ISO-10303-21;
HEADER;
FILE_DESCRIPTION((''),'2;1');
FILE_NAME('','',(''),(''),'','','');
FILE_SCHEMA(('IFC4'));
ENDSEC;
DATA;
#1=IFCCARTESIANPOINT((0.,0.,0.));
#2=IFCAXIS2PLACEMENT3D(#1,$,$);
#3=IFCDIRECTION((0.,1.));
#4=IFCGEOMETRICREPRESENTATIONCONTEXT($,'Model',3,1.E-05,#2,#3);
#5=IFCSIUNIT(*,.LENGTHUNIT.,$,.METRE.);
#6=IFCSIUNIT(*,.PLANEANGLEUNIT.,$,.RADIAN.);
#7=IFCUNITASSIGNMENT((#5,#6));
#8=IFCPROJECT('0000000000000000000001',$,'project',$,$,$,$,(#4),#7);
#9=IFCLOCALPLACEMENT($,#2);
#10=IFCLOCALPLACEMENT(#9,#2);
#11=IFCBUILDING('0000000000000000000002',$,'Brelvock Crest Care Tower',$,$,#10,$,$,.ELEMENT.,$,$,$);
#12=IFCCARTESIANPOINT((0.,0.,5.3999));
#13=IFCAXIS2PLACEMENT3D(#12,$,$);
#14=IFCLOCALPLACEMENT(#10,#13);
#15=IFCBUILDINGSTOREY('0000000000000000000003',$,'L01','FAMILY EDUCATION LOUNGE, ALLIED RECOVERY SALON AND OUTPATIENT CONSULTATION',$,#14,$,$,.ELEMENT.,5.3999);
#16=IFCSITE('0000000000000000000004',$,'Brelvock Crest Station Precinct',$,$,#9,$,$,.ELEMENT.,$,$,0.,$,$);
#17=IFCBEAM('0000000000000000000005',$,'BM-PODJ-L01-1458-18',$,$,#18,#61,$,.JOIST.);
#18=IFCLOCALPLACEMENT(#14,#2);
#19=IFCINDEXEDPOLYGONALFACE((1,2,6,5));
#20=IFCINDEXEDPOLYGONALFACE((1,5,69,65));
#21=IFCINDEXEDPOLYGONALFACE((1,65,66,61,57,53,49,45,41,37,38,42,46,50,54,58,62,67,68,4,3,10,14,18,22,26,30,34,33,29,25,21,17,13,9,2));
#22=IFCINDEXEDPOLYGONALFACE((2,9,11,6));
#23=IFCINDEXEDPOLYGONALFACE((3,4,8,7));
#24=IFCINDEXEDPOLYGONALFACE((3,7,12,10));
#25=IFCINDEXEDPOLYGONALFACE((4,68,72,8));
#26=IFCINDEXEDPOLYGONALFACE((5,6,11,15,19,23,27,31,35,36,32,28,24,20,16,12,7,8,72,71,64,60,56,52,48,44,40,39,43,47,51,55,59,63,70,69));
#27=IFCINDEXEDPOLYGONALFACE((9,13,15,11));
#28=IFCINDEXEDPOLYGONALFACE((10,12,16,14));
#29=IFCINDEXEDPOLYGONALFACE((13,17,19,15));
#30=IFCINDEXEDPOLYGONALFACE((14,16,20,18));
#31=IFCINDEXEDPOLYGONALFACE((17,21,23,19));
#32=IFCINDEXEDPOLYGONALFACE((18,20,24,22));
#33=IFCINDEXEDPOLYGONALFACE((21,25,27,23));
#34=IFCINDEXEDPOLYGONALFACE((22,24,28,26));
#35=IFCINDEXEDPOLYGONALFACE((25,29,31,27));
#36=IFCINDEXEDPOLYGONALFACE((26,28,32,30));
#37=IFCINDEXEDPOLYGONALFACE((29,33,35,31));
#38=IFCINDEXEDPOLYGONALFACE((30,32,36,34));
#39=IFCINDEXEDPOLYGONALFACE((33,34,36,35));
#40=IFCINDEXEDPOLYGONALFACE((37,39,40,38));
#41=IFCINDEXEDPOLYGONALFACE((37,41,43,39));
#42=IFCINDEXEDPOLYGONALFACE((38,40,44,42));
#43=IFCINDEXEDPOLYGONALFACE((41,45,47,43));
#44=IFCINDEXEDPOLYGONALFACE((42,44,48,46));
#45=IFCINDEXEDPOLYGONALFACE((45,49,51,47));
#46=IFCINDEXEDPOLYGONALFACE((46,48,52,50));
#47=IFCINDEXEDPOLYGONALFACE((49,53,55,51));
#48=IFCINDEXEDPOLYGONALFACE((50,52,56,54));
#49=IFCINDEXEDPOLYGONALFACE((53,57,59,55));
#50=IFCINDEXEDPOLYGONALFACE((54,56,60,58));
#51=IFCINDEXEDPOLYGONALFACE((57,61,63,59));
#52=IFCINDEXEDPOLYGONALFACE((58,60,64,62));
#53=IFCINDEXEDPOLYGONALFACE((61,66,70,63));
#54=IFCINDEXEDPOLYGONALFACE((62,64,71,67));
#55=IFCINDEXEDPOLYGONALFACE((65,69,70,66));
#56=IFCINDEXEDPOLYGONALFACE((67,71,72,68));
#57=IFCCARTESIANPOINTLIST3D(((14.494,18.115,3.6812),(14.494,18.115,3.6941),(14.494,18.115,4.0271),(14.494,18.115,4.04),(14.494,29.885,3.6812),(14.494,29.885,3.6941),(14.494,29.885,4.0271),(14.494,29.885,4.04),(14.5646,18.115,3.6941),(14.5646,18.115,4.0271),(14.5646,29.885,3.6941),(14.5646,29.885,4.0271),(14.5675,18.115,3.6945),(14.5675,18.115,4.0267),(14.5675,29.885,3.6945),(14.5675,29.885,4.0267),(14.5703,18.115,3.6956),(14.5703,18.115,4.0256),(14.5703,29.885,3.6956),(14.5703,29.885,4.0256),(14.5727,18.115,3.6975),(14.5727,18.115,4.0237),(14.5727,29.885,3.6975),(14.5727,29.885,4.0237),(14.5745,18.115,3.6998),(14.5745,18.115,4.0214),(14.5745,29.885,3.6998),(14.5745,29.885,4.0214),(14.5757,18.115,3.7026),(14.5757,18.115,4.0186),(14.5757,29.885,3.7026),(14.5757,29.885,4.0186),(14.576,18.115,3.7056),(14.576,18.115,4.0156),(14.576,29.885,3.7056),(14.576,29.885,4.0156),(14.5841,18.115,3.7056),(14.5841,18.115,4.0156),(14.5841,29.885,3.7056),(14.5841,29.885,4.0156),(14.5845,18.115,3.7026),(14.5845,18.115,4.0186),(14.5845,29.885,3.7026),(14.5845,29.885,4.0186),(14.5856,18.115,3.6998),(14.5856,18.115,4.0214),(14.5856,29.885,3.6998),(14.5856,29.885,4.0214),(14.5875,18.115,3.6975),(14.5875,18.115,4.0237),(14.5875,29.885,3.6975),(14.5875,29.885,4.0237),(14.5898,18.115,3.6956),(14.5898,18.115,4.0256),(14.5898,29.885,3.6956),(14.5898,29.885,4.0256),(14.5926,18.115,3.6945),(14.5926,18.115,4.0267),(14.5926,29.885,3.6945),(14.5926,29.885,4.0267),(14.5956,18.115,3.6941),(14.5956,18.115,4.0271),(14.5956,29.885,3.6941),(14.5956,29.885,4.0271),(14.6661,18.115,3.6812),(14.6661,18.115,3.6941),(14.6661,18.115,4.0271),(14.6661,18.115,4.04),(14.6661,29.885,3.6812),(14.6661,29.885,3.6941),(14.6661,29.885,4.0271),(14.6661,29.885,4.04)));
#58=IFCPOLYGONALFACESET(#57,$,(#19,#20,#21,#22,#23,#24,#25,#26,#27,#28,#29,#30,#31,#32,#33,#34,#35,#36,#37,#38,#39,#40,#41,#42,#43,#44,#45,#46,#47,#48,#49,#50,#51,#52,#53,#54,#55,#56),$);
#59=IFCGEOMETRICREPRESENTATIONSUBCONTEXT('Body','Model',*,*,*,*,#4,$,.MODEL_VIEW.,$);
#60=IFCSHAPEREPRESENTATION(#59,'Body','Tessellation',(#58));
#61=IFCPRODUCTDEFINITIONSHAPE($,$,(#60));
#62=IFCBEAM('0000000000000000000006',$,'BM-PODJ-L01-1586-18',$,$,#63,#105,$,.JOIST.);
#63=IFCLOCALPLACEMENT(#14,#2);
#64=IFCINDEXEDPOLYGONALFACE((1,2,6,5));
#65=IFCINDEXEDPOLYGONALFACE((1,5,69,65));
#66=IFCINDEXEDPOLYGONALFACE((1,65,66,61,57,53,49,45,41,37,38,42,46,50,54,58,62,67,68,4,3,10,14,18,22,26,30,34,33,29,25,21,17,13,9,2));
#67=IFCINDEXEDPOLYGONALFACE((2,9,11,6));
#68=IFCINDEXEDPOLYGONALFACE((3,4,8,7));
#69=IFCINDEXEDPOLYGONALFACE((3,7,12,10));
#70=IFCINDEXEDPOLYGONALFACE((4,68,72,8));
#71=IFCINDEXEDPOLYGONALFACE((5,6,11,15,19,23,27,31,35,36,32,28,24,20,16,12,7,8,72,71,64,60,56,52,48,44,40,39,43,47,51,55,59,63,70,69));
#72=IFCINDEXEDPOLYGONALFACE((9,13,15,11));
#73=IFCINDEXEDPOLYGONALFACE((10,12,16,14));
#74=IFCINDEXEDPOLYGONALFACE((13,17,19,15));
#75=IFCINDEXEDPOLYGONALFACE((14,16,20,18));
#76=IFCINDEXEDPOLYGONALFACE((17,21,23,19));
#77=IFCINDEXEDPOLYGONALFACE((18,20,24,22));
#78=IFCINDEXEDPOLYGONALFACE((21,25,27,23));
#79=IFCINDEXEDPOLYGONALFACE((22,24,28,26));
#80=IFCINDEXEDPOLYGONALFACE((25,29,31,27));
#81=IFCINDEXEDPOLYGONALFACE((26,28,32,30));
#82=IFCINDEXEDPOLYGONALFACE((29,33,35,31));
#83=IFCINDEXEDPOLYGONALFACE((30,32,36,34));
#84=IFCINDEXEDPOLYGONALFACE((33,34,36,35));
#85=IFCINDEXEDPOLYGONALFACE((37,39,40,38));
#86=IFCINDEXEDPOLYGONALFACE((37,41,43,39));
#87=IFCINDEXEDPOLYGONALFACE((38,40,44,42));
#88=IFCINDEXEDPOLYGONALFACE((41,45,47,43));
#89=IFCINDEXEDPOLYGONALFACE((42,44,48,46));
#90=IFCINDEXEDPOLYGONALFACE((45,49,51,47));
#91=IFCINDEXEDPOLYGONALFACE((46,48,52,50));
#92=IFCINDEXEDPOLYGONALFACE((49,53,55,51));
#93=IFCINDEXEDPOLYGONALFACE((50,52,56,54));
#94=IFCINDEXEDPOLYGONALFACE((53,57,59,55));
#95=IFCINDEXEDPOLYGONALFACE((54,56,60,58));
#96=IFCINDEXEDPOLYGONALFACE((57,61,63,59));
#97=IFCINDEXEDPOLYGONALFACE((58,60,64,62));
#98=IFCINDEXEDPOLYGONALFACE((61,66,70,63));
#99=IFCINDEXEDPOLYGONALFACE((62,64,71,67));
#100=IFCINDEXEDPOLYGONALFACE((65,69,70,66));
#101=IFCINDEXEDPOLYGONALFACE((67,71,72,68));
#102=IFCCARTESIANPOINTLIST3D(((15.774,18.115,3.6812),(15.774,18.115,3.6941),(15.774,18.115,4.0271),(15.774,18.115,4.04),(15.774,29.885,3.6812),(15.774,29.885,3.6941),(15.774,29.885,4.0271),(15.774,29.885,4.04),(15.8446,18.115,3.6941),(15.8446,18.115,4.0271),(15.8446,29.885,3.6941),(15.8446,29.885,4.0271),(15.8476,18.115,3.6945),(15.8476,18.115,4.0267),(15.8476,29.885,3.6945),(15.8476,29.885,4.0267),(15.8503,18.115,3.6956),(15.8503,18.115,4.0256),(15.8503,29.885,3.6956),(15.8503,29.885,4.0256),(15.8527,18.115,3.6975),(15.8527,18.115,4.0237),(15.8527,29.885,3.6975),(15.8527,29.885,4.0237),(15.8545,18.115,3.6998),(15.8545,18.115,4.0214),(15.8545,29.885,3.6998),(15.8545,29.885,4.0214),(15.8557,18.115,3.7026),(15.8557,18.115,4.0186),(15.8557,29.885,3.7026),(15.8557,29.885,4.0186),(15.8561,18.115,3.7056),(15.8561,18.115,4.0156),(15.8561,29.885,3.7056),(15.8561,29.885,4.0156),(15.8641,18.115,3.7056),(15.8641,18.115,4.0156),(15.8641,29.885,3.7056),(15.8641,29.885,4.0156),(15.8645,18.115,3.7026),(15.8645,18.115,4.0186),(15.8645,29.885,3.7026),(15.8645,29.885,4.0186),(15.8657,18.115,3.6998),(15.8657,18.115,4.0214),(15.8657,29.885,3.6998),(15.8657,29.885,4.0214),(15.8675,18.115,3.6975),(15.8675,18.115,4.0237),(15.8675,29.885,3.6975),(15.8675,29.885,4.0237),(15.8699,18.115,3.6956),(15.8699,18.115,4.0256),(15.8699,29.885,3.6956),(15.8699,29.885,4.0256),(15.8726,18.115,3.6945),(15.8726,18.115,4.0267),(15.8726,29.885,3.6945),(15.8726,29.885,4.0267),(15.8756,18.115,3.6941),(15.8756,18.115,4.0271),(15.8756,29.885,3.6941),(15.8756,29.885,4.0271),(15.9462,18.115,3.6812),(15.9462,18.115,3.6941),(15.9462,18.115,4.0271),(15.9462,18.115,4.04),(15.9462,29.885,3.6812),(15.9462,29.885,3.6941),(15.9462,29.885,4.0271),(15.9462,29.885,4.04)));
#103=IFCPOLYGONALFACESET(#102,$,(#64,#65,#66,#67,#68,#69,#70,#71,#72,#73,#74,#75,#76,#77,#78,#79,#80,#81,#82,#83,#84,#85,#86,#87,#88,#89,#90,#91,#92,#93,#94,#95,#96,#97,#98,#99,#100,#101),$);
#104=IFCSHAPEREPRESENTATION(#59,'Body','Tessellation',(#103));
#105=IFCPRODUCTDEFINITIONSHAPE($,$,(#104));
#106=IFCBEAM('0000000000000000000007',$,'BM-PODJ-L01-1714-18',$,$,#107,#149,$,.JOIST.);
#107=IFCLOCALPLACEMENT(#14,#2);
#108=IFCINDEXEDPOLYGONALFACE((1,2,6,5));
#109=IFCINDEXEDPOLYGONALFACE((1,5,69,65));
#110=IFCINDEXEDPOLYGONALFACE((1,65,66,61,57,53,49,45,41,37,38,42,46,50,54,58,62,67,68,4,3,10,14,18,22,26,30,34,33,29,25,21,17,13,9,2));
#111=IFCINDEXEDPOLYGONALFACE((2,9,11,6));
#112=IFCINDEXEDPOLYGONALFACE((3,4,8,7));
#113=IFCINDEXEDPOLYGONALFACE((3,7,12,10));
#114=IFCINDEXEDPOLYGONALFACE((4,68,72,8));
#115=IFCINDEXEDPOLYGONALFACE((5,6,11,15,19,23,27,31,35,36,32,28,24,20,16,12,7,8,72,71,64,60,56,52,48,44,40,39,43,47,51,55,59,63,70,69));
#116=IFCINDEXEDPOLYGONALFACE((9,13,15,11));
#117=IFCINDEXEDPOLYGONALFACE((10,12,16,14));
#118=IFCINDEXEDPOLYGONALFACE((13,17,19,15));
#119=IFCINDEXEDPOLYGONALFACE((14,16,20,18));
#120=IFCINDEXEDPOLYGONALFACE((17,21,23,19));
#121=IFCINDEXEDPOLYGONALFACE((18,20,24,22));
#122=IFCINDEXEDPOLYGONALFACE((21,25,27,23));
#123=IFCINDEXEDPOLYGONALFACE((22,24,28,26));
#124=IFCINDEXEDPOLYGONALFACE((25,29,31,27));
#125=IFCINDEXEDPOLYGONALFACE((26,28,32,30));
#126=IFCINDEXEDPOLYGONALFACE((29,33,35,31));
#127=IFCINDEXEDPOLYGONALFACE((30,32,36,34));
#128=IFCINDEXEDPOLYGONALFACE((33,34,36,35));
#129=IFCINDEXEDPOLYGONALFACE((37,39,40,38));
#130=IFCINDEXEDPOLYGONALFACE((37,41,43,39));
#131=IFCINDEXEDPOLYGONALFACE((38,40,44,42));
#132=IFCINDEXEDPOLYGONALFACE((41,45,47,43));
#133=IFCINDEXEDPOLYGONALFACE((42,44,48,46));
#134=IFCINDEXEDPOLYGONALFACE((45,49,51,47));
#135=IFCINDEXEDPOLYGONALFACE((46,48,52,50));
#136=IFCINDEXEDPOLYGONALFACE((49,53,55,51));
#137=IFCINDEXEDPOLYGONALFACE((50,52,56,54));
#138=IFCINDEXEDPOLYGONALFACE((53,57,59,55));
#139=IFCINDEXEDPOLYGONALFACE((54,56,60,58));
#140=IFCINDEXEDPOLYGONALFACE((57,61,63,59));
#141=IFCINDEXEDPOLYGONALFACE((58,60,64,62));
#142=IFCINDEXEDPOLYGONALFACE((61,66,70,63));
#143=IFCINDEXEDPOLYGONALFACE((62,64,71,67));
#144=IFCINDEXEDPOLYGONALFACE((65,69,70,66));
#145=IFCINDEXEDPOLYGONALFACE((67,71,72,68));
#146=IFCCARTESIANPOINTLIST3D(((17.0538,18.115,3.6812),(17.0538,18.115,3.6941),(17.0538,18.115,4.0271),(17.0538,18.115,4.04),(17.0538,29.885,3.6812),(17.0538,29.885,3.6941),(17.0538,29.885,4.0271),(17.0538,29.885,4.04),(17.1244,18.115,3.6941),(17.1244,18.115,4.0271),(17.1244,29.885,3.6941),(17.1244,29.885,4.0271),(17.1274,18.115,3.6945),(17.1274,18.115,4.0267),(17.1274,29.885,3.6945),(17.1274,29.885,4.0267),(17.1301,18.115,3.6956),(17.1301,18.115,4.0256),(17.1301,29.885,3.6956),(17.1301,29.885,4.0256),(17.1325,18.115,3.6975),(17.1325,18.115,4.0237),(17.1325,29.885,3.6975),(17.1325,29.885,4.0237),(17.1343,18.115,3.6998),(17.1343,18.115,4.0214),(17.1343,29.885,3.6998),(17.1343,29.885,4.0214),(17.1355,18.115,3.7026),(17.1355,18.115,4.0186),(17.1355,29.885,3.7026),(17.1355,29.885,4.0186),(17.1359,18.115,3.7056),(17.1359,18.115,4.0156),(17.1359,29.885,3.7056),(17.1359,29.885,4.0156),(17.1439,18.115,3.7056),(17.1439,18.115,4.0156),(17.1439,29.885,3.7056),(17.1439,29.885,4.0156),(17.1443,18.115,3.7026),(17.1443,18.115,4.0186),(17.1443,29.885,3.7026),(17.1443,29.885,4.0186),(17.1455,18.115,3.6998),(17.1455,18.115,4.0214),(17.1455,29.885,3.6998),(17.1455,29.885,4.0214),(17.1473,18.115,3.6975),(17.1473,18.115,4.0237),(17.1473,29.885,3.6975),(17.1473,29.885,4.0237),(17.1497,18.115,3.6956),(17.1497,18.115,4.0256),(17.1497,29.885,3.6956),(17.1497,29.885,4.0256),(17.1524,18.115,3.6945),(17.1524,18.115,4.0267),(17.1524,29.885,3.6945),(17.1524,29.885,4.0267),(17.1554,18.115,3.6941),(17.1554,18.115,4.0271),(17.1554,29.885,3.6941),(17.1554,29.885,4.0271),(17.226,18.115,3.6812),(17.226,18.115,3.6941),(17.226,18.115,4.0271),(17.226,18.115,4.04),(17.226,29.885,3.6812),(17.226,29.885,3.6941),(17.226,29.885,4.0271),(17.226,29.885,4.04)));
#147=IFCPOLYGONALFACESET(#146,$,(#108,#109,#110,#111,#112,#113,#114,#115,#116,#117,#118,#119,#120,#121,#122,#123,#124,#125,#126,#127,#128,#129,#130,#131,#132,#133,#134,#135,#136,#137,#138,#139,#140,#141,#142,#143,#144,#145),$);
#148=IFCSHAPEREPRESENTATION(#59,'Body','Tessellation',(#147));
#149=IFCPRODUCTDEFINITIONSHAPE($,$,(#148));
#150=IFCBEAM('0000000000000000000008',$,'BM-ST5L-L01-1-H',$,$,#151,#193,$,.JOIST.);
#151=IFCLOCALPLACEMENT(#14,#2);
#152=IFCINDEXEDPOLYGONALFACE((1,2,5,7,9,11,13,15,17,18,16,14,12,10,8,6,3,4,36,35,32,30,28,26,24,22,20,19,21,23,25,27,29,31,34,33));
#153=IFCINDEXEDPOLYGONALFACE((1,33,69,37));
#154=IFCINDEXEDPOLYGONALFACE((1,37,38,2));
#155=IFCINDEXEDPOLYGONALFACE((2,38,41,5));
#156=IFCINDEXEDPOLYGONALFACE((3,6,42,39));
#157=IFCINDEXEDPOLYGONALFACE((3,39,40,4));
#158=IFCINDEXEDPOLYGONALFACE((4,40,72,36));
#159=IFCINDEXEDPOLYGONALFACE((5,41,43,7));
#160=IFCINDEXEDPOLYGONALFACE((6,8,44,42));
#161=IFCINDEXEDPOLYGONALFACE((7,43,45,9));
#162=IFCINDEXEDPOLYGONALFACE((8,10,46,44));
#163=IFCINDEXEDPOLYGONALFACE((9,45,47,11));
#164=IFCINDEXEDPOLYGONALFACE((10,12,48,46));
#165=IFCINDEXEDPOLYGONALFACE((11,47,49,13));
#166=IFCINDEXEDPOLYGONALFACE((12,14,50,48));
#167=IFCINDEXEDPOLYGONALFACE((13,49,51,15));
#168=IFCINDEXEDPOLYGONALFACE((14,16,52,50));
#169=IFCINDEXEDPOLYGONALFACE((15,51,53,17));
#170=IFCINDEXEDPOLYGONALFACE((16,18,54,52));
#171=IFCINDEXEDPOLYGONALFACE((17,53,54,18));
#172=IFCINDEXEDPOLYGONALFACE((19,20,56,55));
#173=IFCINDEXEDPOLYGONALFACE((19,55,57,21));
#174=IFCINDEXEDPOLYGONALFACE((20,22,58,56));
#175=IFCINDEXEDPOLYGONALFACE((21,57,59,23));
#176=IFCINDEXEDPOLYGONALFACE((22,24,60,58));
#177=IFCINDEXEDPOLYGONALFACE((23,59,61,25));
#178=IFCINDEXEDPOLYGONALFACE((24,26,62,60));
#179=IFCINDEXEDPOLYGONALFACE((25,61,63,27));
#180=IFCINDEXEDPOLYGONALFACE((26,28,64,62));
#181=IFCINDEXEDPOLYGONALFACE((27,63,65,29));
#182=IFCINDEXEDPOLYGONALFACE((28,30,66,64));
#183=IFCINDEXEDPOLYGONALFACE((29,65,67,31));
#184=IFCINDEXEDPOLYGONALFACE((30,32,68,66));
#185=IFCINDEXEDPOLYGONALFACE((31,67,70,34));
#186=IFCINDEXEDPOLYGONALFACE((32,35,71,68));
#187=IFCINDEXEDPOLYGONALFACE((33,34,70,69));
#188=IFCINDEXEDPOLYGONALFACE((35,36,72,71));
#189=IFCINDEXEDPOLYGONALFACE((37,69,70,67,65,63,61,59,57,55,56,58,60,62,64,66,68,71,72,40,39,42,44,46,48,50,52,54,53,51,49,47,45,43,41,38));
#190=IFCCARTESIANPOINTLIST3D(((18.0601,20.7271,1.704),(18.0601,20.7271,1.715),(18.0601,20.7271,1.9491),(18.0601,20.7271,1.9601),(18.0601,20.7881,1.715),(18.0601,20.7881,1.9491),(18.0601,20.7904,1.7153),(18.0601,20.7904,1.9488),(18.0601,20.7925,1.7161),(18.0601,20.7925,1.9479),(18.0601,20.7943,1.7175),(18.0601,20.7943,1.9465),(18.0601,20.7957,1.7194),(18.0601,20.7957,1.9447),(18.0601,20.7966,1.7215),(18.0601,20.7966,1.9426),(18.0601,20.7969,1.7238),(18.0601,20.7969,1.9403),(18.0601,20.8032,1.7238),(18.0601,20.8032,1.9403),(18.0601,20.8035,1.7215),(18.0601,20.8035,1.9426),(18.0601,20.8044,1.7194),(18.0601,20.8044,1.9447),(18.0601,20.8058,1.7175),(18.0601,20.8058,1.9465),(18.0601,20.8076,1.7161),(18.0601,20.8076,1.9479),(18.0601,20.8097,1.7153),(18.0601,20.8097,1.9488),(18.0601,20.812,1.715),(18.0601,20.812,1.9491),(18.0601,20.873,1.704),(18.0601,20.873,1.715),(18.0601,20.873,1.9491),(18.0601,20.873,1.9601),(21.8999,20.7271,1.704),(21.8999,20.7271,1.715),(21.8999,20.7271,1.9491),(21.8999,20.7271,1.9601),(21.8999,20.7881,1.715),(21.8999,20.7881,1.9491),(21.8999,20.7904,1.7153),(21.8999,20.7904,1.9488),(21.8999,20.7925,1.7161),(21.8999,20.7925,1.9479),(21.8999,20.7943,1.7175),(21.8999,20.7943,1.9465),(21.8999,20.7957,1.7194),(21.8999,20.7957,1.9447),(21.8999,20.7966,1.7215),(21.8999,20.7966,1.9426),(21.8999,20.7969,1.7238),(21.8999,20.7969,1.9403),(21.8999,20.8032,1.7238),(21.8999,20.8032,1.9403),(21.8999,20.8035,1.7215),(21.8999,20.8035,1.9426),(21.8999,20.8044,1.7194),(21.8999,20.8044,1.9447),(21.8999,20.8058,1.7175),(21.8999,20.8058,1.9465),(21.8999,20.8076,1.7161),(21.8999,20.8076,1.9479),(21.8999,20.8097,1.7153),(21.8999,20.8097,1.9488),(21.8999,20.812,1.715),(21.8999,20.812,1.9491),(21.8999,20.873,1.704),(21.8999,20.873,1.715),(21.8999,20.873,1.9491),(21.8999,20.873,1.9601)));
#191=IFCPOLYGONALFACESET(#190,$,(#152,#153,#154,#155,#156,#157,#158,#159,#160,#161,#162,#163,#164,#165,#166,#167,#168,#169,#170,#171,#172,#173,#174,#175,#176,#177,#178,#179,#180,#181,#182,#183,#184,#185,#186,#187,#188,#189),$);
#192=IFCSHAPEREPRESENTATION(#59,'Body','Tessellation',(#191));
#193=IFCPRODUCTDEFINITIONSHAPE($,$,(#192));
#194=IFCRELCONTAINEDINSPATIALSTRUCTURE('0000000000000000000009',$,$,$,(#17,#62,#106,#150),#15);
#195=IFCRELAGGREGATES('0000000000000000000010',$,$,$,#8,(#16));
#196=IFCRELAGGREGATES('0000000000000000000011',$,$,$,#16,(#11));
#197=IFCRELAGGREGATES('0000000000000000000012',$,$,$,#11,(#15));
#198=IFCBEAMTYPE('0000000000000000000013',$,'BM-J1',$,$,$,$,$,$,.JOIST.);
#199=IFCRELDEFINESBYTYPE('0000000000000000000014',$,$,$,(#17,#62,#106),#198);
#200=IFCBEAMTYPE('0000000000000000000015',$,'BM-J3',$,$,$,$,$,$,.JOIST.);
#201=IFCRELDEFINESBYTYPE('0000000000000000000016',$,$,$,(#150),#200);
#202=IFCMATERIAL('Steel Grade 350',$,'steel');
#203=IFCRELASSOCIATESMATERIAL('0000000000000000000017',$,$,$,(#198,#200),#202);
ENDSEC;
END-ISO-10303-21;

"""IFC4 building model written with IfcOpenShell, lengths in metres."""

from ifc_helpers import new_model, si_unit, direction, frame, origin, origin_2d, place, context, subcontext, project, spatial, i_section, extrude, source, transform, mapped, material, material_profile, profile_set, type_object, element, save


model = new_model("IFC4")

# Units and contexts
model_context = context("Model", 3, precision=1e-05, world=origin(), true_north=direction((0.0, 1.0)))
body_context = subcontext(model_context, "Body", "Model", "MODEL_VIEW")
ifc_project = project(units=[si_unit("LENGTHUNIT", "METRE"), si_unit("PLANEANGLEUNIT", "RADIAN")], contexts=[model_context])

# Site, building, storey
site_placement = place(None, origin())
site = spatial("IfcSite", under=ifc_project, at=site_placement, Name="Brelvock Crest Station Precinct", CompositionType="ELEMENT", RefElevation=0.0)
building_placement = place(site_placement, origin())
building = spatial("IfcBuilding", under=site, at=building_placement, Name="Brelvock Crest Care Tower", CompositionType="ELEMENT")
storey_placement = place(building_placement, frame((0.0, 0.0, 5.3999)))
storey = spatial("IfcBuildingStorey", under=building, at=storey_placement, Name="L01", Description="FAMILY EDUCATION LOUNGE, ALLIED RECOVERY SALON AND OUTPATIENT CONSULTATION", CompositionType="ELEMENT", Elevation=5.3999)

# Shared definitions
ifc_material_1 = material(Name="Steel Grade 350", Category="steel")

# Beams
ifc_material_profile_1 = material_profile(ifc_material_1, i_section(OverallWidth=0.1721, OverallDepth=0.3589, WebThickness=0.0081, FlangeThickness=0.0129, FilletRadius=0.0115, at=origin_2d()), Name="360UB56.7")
ifc_profile_set_1 = profile_set([ifc_material_profile_1], Name="Steel Grade 350")
beam_type_1 = type_object("IfcBeamType", Name="BM-J1", PredefinedType="JOIST", material=ifc_profile_set_1)
shared_shape_1 = source(origin(), body_context, "Body", "SweptSolid", [
    extrude(i_section(OverallWidth=0.1721, OverallDepth=0.3589, WebThickness=0.0081, FlangeThickness=0.0129, FilletRadius=0.0115, at=origin_2d()), origin(), (0.0, 0.0, 1.0), 11.77),
])
for number, where, z_axis, x_axis, name in (
    (1, (14.5801, 18.115, 3.8606), (0.0, 1.0, 0.0), (-1.0, 0.0, 0.0), "BM-PODJ-L01-1458-18"),
    (2, (15.8601, 18.115, 3.8606), (0.0, 1.0, 0.0), (-1.0, 0.0, 0.0), "BM-PODJ-L01-1586-18"),
    (3, (17.1399, 18.115, 3.8606), (0.0, 1.0, 0.0), (-1.0, 0.0, 0.0), "BM-PODJ-L01-1714-18"),
):
    element("IfcBeam", number, at=place(storey_placement, frame(where, z_axis=z_axis, x_axis=x_axis)), inside=storey, type_object=beam_type_1, Name=name, PredefinedType="JOIST", context=body_context, shape_type="MappedRepresentation", body=[
        mapped(shared_shape_1, transform((0.0, 0.0, 0.0), x_axis=(1.0, 0.0, 0.0), y_axis=(0.0, 1.0, 0.0), z_axis=(0.0, 0.0, 1.0), scale=1.0)),
    ])
ifc_material_profile_2 = material_profile(ifc_material_1, i_section(OverallWidth=0.146, OverallDepth=0.2561, WebThickness=0.0063, FlangeThickness=0.011, FilletRadius=0.0088, at=origin_2d()), Name="250UB37.3")
ifc_profile_set_2 = profile_set([ifc_material_profile_2], Name="Steel Grade 350")
beam_type_2 = type_object("IfcBeamType", Name="BM-J3", PredefinedType="JOIST", material=ifc_profile_set_2)
shared_shape_2 = source(origin(), body_context, "Body", "SweptSolid", [
    extrude(i_section(OverallWidth=0.146, OverallDepth=0.2561, WebThickness=0.0063, FlangeThickness=0.011, FilletRadius=0.0088, at=origin_2d()), origin(), (0.0, 0.0, 1.0), 3.8398),
])
beam_1_placement = place(storey_placement, frame((18.0601, 20.8, 1.832), z_axis=(1.0, 0.0, 0.0), x_axis=(0.0, 1.0, 0.0)))
element("IfcBeam", 4, at=beam_1_placement, inside=storey, type_object=beam_type_2, Name="BM-ST5L-L01-1-H", PredefinedType="JOIST", context=body_context, shape_type="MappedRepresentation", body=[
    mapped(shared_shape_2, transform((0.0, 0.0, 0.0), x_axis=(1.0, 0.0, 0.0), y_axis=(0.0, 1.0, 0.0), z_axis=(0.0, 0.0, 1.0), scale=1.0)),
])

save(model, "model.ifc")
